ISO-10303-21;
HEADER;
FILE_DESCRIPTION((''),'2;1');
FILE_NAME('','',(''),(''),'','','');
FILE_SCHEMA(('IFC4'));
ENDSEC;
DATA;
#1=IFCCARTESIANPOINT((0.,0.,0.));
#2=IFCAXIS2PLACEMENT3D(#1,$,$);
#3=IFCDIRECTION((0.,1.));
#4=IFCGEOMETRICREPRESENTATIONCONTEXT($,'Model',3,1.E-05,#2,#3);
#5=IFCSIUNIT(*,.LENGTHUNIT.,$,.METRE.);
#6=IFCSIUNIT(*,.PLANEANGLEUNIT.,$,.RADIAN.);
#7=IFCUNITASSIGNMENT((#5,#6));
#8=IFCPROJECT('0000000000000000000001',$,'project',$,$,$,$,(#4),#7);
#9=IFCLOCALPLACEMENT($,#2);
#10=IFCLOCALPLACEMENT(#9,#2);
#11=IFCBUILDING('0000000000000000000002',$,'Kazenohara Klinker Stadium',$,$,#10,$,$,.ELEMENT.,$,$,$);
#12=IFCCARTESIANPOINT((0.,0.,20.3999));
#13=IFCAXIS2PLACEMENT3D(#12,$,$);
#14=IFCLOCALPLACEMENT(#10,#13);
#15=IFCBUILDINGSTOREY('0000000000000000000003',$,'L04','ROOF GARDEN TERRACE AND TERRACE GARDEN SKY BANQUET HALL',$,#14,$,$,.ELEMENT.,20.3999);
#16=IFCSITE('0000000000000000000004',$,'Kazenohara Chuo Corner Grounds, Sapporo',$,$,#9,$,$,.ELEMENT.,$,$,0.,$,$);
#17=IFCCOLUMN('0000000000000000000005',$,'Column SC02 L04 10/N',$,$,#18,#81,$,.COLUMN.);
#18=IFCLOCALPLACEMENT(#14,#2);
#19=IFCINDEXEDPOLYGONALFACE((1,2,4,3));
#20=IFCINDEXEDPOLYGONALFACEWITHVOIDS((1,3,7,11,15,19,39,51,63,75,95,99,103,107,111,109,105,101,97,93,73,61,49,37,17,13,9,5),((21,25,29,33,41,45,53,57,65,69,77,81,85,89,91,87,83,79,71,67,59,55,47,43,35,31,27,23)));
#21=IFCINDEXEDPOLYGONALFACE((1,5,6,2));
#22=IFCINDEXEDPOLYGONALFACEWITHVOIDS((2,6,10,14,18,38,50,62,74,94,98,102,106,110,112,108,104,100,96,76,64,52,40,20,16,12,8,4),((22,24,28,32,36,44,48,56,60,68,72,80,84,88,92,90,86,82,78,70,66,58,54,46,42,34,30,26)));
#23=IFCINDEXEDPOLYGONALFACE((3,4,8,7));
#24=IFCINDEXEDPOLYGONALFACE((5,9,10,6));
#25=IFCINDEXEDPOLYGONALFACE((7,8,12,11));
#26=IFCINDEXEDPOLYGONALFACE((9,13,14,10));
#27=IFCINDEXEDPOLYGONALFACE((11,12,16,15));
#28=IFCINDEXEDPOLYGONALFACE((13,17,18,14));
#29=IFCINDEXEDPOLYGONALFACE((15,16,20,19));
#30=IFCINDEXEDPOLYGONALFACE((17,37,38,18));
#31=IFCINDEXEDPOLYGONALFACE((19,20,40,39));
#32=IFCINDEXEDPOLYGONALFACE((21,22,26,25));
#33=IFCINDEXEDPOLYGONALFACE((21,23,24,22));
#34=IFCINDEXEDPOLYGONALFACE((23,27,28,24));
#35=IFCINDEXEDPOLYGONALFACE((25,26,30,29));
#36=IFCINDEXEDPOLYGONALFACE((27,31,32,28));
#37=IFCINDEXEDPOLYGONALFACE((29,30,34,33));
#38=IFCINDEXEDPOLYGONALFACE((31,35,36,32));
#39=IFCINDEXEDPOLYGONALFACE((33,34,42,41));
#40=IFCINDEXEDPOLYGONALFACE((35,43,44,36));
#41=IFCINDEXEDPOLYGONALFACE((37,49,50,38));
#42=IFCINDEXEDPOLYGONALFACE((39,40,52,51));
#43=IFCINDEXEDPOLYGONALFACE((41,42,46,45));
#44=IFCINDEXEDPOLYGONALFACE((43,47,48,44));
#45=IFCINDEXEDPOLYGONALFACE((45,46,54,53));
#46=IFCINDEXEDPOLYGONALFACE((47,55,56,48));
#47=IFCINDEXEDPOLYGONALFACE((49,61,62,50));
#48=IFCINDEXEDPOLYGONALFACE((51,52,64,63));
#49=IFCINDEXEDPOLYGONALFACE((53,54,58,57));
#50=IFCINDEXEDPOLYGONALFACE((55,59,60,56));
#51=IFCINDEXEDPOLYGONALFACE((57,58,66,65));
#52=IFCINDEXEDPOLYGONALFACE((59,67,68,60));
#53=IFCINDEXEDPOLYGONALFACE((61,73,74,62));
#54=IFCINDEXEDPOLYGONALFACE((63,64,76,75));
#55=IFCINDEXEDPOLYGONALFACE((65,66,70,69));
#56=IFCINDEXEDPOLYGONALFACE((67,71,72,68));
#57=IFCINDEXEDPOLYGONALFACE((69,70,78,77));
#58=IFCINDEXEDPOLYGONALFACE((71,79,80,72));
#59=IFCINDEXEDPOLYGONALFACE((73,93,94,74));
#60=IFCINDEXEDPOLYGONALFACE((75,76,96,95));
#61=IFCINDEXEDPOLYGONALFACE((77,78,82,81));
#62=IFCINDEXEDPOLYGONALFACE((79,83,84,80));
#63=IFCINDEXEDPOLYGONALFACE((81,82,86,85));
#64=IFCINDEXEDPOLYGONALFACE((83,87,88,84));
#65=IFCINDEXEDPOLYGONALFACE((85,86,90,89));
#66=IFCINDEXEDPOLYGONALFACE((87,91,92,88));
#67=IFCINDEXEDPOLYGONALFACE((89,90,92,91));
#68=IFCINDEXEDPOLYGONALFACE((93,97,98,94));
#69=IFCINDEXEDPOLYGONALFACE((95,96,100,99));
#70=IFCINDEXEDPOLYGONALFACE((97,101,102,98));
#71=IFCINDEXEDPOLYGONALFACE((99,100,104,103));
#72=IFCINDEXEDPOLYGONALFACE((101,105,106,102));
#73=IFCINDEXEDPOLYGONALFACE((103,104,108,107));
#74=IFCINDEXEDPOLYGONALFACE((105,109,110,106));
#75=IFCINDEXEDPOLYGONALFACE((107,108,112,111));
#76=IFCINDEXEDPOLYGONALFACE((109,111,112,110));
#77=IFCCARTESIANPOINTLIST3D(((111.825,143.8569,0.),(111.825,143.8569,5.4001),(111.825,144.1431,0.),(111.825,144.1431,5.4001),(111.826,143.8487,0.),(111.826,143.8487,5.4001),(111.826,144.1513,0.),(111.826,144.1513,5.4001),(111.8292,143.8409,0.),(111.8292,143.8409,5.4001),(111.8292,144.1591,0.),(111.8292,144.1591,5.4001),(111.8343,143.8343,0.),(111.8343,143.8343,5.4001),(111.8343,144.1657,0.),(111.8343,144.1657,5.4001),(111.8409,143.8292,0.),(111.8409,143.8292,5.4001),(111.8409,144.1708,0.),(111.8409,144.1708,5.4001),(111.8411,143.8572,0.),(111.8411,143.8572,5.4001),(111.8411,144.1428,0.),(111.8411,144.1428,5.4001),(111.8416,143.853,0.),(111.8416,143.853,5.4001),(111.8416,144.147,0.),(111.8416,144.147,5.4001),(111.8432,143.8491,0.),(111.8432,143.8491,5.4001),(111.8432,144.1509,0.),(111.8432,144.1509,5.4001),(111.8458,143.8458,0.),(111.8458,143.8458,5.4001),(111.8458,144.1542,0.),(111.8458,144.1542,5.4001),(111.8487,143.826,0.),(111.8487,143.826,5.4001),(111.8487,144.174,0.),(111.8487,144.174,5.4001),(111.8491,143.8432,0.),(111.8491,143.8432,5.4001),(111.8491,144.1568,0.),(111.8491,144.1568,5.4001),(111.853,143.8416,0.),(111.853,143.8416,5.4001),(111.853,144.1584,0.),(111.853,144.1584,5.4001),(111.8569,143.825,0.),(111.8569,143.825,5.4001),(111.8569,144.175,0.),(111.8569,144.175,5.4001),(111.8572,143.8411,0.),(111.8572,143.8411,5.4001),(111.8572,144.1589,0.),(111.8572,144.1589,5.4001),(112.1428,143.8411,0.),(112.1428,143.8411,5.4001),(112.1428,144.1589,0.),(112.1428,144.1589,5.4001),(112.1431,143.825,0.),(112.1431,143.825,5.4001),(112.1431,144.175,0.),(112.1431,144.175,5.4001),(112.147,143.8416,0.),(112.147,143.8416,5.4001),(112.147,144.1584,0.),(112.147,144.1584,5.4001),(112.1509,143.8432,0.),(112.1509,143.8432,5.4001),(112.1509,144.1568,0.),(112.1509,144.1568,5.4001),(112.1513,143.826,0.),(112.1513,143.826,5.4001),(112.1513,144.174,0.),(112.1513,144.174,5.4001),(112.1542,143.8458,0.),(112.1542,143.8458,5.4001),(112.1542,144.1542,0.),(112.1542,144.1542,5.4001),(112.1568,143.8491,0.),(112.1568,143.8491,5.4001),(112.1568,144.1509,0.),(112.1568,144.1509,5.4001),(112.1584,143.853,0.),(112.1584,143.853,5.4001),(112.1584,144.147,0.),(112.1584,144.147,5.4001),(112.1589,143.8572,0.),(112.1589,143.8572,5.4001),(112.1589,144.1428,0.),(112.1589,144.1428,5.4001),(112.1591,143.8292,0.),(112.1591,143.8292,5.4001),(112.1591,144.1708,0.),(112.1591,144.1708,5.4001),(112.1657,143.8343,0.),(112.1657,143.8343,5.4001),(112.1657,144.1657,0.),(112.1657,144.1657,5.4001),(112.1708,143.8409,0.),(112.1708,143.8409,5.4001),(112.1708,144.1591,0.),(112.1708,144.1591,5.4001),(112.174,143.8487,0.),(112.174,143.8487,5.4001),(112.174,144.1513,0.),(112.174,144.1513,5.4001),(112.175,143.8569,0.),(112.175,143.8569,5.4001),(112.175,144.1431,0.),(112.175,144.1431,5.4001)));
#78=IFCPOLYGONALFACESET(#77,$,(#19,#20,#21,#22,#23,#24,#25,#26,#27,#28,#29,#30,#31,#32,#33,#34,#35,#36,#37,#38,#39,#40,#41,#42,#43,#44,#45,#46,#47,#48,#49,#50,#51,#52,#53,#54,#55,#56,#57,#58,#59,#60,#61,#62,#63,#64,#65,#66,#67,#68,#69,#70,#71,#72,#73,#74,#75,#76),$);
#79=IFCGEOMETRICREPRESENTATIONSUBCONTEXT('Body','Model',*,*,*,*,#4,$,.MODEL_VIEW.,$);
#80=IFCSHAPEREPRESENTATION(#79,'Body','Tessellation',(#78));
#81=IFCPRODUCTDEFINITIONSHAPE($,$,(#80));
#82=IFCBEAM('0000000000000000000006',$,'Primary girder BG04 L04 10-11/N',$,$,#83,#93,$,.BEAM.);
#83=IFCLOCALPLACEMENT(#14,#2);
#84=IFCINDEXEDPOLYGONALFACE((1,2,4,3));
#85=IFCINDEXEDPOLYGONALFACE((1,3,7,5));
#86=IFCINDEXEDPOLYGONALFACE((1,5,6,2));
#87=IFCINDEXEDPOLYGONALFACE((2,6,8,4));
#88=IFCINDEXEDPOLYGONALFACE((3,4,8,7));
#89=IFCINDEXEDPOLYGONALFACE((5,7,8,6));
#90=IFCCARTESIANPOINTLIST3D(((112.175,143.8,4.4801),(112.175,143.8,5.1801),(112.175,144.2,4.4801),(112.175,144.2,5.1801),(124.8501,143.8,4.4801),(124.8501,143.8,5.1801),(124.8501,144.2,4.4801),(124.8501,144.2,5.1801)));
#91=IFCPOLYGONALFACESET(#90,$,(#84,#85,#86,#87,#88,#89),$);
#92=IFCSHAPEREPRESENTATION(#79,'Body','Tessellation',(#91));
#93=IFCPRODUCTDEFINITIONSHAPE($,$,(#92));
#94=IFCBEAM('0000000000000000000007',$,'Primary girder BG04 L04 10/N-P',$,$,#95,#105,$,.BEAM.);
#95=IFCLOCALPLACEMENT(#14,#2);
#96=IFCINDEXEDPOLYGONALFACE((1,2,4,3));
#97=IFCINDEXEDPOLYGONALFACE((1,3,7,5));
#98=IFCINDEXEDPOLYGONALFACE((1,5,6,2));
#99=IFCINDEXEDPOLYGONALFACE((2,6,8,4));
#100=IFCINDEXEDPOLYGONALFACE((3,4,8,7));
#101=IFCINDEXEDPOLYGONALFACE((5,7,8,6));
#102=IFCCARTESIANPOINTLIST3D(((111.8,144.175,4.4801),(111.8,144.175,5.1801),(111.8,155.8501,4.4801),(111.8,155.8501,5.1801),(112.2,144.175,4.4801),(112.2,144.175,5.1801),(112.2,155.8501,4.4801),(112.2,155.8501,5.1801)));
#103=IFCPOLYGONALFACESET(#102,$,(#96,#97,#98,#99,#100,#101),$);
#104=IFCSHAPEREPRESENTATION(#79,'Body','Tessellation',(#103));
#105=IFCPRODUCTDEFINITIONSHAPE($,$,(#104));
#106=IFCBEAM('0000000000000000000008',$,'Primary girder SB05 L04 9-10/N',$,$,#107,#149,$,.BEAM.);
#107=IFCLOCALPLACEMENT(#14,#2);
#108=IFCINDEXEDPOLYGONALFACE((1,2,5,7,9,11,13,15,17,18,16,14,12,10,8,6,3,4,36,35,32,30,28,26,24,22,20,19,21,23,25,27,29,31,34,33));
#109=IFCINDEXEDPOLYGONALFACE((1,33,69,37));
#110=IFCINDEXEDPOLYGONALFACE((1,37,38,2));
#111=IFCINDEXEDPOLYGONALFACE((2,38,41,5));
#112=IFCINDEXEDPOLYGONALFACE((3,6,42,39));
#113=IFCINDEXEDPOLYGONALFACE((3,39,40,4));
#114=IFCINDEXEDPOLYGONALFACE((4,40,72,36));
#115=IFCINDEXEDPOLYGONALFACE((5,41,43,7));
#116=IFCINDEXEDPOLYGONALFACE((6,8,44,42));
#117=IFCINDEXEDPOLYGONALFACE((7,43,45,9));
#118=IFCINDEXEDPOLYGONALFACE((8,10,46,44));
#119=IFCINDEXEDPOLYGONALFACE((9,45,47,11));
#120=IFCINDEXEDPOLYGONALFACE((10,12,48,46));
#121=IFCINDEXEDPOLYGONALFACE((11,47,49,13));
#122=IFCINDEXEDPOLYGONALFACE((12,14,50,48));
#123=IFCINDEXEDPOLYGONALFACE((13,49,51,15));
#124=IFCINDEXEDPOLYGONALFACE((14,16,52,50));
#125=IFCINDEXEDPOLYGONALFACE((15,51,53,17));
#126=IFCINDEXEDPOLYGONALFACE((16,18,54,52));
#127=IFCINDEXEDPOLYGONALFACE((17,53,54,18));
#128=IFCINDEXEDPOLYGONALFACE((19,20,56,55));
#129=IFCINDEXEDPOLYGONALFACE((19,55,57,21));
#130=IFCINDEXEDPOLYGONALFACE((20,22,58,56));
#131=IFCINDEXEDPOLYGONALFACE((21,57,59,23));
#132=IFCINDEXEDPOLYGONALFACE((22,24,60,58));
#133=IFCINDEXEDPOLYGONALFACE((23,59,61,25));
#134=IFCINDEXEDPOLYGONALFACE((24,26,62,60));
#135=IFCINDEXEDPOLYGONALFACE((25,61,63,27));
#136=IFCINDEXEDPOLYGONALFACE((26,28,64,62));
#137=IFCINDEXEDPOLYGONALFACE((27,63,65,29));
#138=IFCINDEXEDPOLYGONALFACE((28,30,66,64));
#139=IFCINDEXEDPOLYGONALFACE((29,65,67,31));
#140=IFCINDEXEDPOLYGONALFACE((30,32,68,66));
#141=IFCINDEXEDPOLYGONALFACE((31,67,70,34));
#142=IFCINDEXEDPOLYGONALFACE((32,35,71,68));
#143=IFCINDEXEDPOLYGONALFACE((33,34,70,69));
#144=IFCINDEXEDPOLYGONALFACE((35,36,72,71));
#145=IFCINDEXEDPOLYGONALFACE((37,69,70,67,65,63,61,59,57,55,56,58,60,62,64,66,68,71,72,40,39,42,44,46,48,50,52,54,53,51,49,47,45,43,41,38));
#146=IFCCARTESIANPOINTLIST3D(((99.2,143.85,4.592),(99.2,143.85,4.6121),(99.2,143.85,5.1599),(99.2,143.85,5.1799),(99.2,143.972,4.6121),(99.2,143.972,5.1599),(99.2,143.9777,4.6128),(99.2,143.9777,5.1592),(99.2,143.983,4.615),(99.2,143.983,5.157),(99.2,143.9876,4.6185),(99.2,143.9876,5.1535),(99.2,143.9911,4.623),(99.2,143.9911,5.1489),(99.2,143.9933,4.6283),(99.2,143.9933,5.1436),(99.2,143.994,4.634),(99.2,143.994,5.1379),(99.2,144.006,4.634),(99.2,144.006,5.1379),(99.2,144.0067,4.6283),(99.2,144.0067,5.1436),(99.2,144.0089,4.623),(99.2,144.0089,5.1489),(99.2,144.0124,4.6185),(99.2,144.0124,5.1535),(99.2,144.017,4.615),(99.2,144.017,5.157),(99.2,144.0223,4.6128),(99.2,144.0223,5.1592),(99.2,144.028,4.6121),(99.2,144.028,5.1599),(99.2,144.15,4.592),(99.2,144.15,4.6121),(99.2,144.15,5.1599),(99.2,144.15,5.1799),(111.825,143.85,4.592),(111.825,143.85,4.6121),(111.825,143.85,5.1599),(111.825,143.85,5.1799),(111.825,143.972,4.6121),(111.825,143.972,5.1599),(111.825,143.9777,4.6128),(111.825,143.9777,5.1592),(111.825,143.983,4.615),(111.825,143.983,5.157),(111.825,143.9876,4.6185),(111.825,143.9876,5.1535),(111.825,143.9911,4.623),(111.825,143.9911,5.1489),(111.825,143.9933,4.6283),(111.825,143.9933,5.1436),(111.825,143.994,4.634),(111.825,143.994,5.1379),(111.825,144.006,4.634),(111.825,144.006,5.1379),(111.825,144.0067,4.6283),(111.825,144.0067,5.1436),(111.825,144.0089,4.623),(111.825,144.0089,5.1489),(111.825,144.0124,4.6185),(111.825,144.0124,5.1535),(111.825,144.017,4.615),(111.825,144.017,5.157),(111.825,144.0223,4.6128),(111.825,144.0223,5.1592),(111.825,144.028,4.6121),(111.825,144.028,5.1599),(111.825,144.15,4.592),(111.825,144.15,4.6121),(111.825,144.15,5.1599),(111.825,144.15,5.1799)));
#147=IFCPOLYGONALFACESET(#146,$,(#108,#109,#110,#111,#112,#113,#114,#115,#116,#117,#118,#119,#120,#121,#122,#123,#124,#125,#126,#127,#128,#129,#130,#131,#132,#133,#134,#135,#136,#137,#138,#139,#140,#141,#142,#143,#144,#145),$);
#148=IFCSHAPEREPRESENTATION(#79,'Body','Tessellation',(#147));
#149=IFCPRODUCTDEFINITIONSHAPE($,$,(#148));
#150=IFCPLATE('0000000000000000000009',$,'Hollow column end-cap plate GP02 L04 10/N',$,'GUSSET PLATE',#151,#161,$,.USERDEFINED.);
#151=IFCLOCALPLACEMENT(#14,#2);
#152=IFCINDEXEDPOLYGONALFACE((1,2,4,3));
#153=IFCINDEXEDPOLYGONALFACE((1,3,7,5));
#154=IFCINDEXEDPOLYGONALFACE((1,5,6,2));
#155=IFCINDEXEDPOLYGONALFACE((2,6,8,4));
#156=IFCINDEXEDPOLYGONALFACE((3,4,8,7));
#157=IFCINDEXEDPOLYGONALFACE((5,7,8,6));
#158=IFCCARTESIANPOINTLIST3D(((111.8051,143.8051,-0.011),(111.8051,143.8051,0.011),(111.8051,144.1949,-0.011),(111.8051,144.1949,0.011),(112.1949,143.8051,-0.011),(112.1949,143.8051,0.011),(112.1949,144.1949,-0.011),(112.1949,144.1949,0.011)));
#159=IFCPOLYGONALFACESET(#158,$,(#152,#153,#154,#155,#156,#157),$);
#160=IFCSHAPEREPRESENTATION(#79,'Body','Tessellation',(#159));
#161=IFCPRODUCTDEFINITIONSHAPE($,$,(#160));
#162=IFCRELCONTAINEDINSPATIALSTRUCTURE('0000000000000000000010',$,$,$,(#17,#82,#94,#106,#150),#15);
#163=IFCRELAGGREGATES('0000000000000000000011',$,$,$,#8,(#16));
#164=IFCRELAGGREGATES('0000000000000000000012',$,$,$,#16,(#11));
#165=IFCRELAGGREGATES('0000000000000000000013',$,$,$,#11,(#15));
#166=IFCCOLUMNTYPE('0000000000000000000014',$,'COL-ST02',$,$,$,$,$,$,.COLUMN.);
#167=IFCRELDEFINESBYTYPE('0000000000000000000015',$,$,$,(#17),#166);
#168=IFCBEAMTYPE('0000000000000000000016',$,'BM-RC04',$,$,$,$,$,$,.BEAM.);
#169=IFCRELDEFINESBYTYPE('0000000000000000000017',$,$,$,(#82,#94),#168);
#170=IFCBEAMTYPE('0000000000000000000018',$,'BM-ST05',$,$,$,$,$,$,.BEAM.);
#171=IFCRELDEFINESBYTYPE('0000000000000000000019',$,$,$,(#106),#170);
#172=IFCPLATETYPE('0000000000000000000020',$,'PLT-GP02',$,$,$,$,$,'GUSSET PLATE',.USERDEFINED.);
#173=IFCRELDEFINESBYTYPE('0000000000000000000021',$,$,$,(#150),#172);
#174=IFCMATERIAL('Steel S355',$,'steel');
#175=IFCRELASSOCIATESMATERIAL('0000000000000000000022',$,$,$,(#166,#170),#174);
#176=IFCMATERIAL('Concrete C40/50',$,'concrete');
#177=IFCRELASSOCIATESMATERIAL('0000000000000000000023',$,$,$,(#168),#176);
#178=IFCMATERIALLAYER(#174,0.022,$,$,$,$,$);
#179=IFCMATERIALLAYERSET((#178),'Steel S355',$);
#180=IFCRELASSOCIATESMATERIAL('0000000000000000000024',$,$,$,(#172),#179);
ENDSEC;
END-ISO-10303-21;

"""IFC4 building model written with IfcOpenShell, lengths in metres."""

from ifc_helpers import new_model, si_unit, direction, frame, origin, origin_2d, place, context, subcontext, project, spatial, rectangle, hollow_rectangle, i_section, extrude, material, layer, layer_set, material_profile, profile_set, type_object, element, save


model = new_model("IFC4")

# Units and contexts
model_context = context("Model", 3, precision=1e-05, world=origin(), true_north=direction((0.0, 1.0)))
body_context = subcontext(model_context, "Body", "Model", "MODEL_VIEW")
ifc_project = project(units=[si_unit("LENGTHUNIT", "METRE"), si_unit("PLANEANGLEUNIT", "RADIAN")], contexts=[model_context])

# Site, building, storey
site_placement = place(None, origin())
site = spatial("IfcSite", under=ifc_project, at=site_placement, Name="Kazenohara Chuo Corner Grounds, Sapporo", CompositionType="ELEMENT", RefElevation=0.0)
building_placement = place(site_placement, origin())
building = spatial("IfcBuilding", under=site, at=building_placement, Name="Kazenohara Klinker Stadium", CompositionType="ELEMENT")
storey_placement = place(building_placement, frame((0.0, 0.0, 20.3999)))
storey = spatial("IfcBuildingStorey", under=building, at=storey_placement, Name="L04", Description="ROOF GARDEN TERRACE AND TERRACE GARDEN SKY BANQUET HALL", CompositionType="ELEMENT", Elevation=20.3999)

# Column
ifc_material_1 = material(Name="Steel S355", Category="steel")
ifc_material_profile_1 = material_profile(ifc_material_1, hollow_rectangle(XDim=0.3501, YDim=0.3501, WallThickness=0.0161, InnerFilletRadius=0.0161, OuterFilletRadius=0.032, at=origin_2d()), Name="SHS-350x350x16")
ifc_profile_set_1 = profile_set([ifc_material_profile_1], Name="Steel S355")
column_type = type_object("IfcColumnType", Name="COL-ST02", PredefinedType="COLUMN", material=ifc_profile_set_1)
column_placement = place(storey_placement, frame((112.0, 144.0, 0.0), z_axis=(0.0, 0.0, 1.0), x_axis=(1.0, 0.0, 0.0)))
element("IfcColumn", 1, at=column_placement, inside=storey, type_object=column_type, Name="Column SC02 L04 10/N", PredefinedType="COLUMN", context=body_context, shape_type="SweptSolid", body=[
    extrude(hollow_rectangle(XDim=0.3501, YDim=0.3501, WallThickness=0.0161, InnerFilletRadius=0.0161, OuterFilletRadius=0.032, at=origin_2d()), origin(), (0.0, 0.0, 1.0), 5.4001),
])

# Beams
ifc_material_2 = material(Name="Concrete C40/50", Category="concrete")
ifc_material_profile_2 = material_profile(ifc_material_2, rectangle(XDim=0.3999, YDim=0.7, at=origin_2d()), Name="RC-BM-400x700")
ifc_profile_set_2 = profile_set([ifc_material_profile_2], Name="Concrete C40/50")
beam_type_1 = type_object("IfcBeamType", Name="BM-RC04", PredefinedType="BEAM", material=ifc_profile_set_2)
beam_1_placement = place(storey_placement, frame((112.175, 144.0, 4.8301), z_axis=(1.0, 0.0, 0.0), x_axis=(0.0, 1.0, 0.0)))
element("IfcBeam", 2, at=beam_1_placement, inside=storey, type_object=beam_type_1, Name="Primary girder BG04 L04 10-11/N", PredefinedType="BEAM", context=body_context, shape_type="SweptSolid", body=[
    extrude(rectangle(XDim=0.3999, YDim=0.7, at=origin_2d()), origin(), (0.0, 0.0, 1.0), 12.675),
])
beam_2_placement = place(storey_placement, frame((112.0, 144.175, 4.8301), z_axis=(0.0, 1.0, 0.0), x_axis=(-1.0, 0.0, 0.0)))
element("IfcBeam", 3, at=beam_2_placement, inside=storey, type_object=beam_type_1, Name="Primary girder BG04 L04 10/N-P", PredefinedType="BEAM", context=body_context, shape_type="SweptSolid", body=[
    extrude(rectangle(XDim=0.3999, YDim=0.7, at=origin_2d()), origin(), (0.0, 0.0, 1.0), 11.675),
])
ifc_material_profile_3 = material_profile(ifc_material_1, i_section(OverallWidth=0.3, OverallDepth=0.5879, WebThickness=0.012, FlangeThickness=0.02, FilletRadius=0.022, at=origin_2d()), Name="H-588x300x12x20")
ifc_profile_set_3 = profile_set([ifc_material_profile_3], Name="Steel S355")
beam_type_2 = type_object("IfcBeamType", Name="BM-ST05", PredefinedType="BEAM", material=ifc_profile_set_3)
beam_3_placement = place(storey_placement, frame((99.2, 144.0, 4.886), z_axis=(1.0, 0.0, 0.0), x_axis=(0.0, 1.0, 0.0)))
element("IfcBeam", 4, at=beam_3_placement, inside=storey, type_object=beam_type_2, Name="Primary girder SB05 L04 9-10/N", PredefinedType="BEAM", context=body_context, shape_type="SweptSolid", body=[
    extrude(i_section(OverallWidth=0.3, OverallDepth=0.5879, WebThickness=0.012, FlangeThickness=0.02, FilletRadius=0.022, at=origin_2d()), origin(), (0.0, 0.0, 1.0), 12.625),
])

# Plate
ifc_layer_1 = layer(ifc_material_1, 0.022)
ifc_layer_set_1 = layer_set([ifc_layer_1], Name="Steel S355")
plate_type = type_object("IfcPlateType", Name="PLT-GP02", ElementType="GUSSET PLATE", PredefinedType="USERDEFINED", material=ifc_layer_set_1)
plate_placement = place(storey_placement, frame((112.0, 144.0, -0.011), z_axis=(0.0, 0.0, 1.0), x_axis=(1.0, 0.0, 0.0)))
element("IfcPlate", 5, at=plate_placement, inside=storey, type_object=plate_type, Name="Hollow column end-cap plate GP02 L04 10/N", ObjectType="GUSSET PLATE", PredefinedType="USERDEFINED", context=body_context, shape_type="SweptSolid", body=[
    extrude(rectangle(XDim=0.3899, YDim=0.3899, at=origin_2d()), origin(), (0.0, 0.0, 1.0), 0.022),
])

save(model, "model.ifc")
